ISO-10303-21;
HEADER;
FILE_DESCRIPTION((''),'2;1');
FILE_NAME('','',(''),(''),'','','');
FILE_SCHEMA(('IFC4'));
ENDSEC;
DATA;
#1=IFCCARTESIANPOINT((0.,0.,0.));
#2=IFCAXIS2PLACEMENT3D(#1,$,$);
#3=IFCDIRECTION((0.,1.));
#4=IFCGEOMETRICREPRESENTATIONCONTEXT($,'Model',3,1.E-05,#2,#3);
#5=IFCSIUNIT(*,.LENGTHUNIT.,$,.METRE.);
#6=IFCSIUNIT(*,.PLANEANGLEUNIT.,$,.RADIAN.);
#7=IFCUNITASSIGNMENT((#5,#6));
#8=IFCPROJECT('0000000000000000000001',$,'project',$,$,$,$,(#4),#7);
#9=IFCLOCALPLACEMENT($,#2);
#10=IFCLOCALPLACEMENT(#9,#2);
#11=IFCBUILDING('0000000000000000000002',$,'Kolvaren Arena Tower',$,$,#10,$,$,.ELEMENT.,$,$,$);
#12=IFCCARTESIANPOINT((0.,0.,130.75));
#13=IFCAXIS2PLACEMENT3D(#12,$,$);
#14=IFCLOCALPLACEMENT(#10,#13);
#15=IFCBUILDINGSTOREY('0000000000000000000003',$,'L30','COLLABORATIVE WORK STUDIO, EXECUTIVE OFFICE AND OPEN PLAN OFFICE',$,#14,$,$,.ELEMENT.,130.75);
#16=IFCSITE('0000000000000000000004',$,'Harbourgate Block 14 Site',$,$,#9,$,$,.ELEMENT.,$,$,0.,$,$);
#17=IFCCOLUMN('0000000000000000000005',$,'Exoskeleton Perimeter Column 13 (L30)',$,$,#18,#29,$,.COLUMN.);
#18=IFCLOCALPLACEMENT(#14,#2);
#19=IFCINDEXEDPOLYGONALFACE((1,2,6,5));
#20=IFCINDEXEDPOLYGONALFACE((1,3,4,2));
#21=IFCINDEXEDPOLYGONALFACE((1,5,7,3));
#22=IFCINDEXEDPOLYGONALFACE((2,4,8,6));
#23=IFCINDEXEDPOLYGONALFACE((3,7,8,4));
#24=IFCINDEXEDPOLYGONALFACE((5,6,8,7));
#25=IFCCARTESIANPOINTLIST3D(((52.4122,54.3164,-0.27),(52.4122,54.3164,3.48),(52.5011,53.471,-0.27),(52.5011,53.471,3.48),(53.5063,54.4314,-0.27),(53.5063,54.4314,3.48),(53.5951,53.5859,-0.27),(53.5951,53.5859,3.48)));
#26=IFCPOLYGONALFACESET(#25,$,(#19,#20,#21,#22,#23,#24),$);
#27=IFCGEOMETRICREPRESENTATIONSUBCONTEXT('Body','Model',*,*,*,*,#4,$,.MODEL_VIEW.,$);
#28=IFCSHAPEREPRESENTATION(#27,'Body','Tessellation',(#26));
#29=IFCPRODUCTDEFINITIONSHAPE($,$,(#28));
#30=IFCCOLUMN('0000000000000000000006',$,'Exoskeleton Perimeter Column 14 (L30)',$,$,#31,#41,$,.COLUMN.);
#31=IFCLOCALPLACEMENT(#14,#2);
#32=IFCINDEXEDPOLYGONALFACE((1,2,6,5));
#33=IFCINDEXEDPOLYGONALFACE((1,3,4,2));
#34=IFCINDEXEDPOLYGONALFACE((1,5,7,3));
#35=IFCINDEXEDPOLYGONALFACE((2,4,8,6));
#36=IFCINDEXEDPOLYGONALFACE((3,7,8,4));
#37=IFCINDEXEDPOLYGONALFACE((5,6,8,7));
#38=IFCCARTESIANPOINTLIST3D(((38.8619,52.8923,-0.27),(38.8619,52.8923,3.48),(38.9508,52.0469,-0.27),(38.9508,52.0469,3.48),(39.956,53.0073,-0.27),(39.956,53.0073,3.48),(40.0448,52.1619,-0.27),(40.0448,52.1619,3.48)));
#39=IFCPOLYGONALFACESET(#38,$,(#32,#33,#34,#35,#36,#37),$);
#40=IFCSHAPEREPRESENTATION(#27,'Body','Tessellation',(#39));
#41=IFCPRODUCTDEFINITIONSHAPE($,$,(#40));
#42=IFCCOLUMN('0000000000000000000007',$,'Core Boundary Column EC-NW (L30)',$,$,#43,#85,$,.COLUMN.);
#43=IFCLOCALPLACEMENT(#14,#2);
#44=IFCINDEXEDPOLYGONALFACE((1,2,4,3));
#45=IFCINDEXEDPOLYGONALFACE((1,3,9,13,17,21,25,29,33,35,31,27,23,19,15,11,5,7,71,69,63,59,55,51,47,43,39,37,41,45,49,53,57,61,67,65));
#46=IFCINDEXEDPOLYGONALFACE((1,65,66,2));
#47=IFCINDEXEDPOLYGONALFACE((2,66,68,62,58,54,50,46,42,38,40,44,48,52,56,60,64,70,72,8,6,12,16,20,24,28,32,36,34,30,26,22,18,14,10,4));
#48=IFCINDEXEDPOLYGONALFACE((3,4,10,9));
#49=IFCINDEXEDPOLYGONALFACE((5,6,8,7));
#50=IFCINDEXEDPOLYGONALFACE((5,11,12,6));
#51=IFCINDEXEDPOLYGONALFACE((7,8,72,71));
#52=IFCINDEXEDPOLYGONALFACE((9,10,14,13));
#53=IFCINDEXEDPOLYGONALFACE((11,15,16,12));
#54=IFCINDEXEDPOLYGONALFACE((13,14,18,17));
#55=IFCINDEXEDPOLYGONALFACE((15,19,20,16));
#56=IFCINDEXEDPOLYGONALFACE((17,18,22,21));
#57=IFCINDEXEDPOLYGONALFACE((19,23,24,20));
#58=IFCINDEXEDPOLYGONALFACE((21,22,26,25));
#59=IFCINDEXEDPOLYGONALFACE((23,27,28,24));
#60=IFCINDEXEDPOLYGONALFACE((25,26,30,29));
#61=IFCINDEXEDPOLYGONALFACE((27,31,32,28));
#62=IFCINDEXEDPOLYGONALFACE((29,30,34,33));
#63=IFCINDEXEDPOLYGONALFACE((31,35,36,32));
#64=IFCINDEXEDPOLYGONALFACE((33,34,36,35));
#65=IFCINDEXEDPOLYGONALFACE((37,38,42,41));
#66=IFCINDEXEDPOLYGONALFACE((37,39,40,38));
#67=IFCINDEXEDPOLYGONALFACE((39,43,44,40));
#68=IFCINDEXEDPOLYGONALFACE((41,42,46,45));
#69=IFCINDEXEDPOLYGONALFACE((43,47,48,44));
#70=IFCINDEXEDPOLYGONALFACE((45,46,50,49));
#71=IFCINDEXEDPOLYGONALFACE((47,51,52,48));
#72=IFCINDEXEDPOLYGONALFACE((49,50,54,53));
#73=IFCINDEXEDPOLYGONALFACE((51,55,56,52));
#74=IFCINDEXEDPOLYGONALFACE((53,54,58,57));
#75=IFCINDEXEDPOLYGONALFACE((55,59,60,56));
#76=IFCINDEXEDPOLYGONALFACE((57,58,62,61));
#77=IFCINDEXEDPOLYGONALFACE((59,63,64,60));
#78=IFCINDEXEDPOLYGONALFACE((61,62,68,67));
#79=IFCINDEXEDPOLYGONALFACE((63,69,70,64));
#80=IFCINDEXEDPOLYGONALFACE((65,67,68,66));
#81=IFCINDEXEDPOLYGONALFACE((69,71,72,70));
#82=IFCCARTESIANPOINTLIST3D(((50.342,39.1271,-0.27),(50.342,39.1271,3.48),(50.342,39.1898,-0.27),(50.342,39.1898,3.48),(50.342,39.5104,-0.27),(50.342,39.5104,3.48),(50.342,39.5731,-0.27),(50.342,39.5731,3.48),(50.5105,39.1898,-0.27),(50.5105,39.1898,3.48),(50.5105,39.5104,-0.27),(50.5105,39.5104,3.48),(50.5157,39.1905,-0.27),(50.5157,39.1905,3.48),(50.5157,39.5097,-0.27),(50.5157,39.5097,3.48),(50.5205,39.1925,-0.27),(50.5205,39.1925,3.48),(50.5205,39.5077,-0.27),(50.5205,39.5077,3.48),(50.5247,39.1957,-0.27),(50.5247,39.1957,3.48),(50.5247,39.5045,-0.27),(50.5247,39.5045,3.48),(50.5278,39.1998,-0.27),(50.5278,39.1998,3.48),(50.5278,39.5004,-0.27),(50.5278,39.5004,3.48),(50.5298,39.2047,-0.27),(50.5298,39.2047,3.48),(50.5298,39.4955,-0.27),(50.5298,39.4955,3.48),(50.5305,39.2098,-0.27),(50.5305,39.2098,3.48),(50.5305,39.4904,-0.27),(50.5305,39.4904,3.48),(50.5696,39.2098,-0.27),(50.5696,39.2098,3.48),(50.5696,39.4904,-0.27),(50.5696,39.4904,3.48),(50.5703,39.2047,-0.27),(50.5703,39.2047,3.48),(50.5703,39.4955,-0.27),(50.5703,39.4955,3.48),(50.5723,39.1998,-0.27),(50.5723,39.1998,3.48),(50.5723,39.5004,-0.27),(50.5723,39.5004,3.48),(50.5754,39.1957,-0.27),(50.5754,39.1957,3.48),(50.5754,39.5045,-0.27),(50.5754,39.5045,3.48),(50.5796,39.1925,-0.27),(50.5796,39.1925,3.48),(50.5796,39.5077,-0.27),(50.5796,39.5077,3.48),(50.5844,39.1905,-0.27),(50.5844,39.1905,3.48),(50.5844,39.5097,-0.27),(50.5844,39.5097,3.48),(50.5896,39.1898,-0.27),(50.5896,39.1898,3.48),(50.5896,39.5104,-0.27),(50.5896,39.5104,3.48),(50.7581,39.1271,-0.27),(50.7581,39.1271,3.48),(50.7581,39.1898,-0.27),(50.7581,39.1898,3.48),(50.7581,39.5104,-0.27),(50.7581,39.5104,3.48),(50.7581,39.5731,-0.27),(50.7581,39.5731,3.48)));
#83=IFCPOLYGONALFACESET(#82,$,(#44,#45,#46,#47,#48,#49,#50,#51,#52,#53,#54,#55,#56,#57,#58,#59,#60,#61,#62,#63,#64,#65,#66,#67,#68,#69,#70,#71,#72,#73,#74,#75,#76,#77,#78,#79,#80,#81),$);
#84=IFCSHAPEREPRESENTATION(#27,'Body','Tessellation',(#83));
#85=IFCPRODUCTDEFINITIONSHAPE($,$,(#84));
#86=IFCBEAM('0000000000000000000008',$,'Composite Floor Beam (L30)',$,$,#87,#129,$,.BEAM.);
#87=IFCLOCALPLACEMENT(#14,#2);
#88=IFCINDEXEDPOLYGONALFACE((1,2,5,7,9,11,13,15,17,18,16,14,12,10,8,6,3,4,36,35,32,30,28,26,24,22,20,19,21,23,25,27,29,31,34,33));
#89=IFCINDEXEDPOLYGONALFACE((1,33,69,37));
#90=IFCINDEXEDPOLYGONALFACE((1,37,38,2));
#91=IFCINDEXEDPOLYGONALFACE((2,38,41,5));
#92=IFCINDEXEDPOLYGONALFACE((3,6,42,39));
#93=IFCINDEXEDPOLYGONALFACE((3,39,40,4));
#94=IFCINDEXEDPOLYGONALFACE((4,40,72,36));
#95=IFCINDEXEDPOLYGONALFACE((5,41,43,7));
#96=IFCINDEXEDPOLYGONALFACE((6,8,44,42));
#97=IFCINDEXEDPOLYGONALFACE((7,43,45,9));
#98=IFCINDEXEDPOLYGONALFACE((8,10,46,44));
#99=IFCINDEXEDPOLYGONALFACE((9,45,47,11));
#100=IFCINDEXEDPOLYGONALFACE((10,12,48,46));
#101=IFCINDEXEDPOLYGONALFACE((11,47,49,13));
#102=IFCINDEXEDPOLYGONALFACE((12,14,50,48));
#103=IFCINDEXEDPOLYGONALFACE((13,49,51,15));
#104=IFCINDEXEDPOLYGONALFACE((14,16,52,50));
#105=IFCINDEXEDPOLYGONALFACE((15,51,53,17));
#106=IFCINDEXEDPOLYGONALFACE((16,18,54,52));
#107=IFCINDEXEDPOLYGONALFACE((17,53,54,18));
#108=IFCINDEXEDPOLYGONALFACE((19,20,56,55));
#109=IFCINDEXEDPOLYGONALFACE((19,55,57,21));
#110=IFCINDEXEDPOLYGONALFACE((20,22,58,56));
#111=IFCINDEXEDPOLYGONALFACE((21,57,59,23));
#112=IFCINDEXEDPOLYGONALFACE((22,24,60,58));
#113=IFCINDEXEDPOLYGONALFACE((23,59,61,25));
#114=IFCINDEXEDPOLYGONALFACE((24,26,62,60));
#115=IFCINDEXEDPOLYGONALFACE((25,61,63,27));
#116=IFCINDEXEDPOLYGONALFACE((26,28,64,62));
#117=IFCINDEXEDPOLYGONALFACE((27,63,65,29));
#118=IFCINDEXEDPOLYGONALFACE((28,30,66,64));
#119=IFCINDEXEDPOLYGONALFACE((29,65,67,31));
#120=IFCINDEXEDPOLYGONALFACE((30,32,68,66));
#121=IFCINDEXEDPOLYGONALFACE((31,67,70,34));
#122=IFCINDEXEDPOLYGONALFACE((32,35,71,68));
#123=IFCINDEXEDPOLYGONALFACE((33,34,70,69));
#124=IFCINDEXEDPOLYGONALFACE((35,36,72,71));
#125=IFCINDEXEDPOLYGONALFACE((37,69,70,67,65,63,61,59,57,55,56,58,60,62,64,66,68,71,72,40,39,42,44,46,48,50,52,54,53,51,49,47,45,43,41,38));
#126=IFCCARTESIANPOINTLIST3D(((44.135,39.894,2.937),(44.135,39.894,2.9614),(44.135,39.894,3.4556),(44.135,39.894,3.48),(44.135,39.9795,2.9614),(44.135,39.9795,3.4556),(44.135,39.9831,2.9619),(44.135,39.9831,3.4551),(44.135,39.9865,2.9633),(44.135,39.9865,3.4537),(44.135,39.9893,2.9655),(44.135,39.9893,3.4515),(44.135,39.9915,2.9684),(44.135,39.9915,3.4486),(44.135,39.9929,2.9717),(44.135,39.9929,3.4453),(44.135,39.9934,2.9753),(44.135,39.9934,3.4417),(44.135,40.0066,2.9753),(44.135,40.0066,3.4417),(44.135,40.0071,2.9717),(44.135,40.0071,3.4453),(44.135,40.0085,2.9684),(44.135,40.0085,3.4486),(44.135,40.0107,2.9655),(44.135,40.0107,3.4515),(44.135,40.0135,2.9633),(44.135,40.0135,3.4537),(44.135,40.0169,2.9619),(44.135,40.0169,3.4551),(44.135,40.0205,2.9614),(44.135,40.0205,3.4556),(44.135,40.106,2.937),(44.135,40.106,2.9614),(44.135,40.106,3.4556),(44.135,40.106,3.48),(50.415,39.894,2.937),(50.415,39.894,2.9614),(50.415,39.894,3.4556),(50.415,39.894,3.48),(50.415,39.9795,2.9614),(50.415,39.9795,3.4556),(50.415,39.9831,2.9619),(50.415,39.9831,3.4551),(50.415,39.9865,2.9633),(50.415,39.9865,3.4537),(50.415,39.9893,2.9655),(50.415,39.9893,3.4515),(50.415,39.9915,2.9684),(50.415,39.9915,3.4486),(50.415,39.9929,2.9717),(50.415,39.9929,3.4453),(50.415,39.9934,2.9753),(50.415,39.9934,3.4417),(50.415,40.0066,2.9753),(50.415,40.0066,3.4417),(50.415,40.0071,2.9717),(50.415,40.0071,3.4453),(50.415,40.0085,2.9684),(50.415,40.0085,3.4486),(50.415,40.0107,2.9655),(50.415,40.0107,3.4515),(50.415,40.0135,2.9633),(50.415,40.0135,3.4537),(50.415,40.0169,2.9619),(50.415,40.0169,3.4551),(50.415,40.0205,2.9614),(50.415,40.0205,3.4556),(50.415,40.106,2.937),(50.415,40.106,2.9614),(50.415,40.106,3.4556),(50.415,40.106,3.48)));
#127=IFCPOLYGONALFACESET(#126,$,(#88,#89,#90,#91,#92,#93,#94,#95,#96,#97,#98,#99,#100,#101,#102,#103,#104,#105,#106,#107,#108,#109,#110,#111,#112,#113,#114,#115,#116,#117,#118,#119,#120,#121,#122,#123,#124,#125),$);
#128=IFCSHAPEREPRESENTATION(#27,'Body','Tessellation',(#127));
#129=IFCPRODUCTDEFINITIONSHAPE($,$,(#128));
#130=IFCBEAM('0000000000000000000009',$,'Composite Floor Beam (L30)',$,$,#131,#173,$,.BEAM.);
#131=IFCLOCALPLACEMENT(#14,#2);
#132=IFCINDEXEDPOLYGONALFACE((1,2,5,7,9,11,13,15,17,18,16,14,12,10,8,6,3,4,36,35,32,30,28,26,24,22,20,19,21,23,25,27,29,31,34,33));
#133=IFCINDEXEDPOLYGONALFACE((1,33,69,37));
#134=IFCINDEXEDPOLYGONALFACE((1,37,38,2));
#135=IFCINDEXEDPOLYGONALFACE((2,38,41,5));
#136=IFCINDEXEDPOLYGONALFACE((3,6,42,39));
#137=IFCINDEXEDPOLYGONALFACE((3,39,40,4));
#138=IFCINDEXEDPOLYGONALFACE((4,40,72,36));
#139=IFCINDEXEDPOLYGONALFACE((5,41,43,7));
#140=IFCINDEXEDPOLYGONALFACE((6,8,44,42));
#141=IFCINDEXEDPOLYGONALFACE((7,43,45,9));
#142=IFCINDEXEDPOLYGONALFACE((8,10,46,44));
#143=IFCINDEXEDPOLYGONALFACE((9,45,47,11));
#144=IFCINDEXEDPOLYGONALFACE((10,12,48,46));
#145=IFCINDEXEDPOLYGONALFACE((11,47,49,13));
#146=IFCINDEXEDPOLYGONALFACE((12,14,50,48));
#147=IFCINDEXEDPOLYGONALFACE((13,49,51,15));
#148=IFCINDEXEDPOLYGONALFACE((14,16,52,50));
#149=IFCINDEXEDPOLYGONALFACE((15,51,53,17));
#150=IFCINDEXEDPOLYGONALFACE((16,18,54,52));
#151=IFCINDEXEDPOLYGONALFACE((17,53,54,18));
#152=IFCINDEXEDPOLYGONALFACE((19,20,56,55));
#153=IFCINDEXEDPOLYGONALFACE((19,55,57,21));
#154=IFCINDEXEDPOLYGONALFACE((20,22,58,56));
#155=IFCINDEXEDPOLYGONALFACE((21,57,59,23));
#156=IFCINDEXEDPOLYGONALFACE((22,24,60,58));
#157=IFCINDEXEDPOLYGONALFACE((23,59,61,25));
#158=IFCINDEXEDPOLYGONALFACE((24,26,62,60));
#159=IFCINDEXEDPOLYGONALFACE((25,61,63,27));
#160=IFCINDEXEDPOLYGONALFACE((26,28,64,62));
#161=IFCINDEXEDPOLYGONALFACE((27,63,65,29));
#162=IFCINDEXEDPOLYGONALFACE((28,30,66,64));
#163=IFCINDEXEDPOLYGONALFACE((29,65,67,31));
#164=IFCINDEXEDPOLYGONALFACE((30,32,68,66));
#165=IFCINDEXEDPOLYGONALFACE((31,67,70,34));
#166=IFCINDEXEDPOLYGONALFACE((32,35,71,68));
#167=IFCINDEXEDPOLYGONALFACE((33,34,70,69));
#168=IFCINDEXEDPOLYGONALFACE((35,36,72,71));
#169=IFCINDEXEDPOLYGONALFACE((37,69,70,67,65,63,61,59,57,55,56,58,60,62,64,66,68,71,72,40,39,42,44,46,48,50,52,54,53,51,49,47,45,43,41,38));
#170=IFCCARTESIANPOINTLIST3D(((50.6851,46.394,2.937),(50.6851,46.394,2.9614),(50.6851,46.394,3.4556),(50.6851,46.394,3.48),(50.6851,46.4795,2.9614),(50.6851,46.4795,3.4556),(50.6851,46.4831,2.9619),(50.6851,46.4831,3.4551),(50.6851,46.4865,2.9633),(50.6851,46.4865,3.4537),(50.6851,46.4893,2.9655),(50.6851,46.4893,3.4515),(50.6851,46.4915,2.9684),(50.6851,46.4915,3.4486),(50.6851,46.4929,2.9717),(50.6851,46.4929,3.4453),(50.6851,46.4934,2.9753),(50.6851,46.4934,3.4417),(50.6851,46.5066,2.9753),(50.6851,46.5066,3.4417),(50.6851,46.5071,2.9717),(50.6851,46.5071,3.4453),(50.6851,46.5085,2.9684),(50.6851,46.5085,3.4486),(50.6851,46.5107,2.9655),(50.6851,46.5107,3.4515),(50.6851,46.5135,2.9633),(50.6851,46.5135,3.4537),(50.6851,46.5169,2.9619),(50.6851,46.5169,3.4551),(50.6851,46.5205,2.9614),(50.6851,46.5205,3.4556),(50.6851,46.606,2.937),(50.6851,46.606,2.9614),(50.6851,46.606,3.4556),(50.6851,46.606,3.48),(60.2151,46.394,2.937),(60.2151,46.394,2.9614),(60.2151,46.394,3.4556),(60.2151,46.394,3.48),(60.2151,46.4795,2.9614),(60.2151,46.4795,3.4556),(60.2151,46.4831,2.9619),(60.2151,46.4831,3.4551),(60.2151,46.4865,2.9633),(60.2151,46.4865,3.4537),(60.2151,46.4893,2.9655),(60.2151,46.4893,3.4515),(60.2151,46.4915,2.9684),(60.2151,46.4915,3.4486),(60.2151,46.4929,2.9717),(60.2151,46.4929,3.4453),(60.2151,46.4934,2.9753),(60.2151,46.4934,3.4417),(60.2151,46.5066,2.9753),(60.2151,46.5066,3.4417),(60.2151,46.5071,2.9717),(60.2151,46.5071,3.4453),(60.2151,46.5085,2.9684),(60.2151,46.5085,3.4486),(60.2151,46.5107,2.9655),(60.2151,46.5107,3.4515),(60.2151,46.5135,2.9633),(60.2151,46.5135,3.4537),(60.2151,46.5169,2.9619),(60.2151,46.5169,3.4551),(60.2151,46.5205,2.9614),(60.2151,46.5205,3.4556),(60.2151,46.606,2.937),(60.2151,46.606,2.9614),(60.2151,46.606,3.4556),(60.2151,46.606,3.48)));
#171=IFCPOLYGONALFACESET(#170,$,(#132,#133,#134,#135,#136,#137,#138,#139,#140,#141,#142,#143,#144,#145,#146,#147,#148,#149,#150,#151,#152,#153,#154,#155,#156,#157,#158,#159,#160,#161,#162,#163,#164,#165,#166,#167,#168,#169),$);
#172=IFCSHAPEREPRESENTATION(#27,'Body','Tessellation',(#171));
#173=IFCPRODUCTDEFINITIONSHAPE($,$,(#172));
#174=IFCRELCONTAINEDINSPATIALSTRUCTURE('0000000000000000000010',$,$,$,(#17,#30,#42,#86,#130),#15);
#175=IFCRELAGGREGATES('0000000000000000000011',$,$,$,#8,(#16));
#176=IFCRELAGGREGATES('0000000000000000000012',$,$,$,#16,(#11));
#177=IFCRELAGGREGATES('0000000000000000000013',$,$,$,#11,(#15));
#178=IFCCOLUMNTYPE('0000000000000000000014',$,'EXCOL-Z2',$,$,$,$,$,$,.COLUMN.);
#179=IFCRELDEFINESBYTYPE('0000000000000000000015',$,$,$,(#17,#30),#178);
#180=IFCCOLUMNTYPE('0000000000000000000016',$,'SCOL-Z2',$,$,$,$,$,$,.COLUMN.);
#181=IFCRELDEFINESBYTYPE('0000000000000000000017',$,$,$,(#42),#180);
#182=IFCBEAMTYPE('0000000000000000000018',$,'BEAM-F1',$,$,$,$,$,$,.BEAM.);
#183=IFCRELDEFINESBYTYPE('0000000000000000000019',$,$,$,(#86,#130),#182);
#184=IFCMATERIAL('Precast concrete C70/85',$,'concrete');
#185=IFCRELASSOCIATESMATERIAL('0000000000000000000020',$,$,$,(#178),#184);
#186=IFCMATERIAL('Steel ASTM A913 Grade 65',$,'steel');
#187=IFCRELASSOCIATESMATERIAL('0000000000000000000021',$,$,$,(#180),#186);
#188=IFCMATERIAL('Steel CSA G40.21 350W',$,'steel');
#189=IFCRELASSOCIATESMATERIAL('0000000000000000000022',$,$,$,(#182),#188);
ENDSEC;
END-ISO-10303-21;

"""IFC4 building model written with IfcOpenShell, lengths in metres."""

from ifc_helpers import new_model, si_unit, direction, frame, origin, origin_2d, place, context, subcontext, project, spatial, rectangle, i_section, extrude, material, material_profile, profile_set, type_object, element, save


model = new_model("IFC4")

# Units and contexts
model_context = context("Model", 3, precision=1e-05, world=origin(), true_north=direction((0.0, 1.0)))
body_context = subcontext(model_context, "Body", "Model", "MODEL_VIEW")
ifc_project = project(units=[si_unit("LENGTHUNIT", "METRE"), si_unit("PLANEANGLEUNIT", "RADIAN")], contexts=[model_context])

# Site, building, storey
site_placement = place(None, origin())
site = spatial("IfcSite", under=ifc_project, at=site_placement, Name="Harbourgate Block 14 Site", CompositionType="ELEMENT", RefElevation=0.0)
building_placement = place(site_placement, origin())
building = spatial("IfcBuilding", under=site, at=building_placement, Name="Kolvaren Arena Tower", CompositionType="ELEMENT")
storey_placement = place(building_placement, frame((0.0, 0.0, 130.75)))
storey = spatial("IfcBuildingStorey", under=building, at=storey_placement, Name="L30", Description="COLLABORATIVE WORK STUDIO, EXECUTIVE OFFICE AND OPEN PLAN OFFICE", CompositionType="ELEMENT", Elevation=130.75)

# Columns
ifc_material_1 = material(Name="Precast concrete C70/85", Category="concrete")
ifc_material_profile_1 = material_profile(ifc_material_1, rectangle(XDim=1.1001, YDim=0.8501, at=origin_2d()), Name="RC-1100x850")
ifc_profile_set_1 = profile_set([ifc_material_profile_1], Name="Precast concrete C70/85")
column_type_1 = type_object("IfcColumnType", Name="EXCOL-Z2", PredefinedType="COLUMN", material=ifc_profile_set_1)
for number, where, z_axis, x_axis, name in (
    (1, (53.0037, 53.9512, -0.27), (0.0, 0.0, 1.0), (0.994522, 0.104528, 0.0), "Exoskeleton Perimeter Column 13 (L30)"),
    (2, (39.4534, 52.5271, -0.27), (0.0, 0.0, 1.0), (0.994522, 0.104528, 0.0), "Exoskeleton Perimeter Column 14 (L30)"),
):
    element("IfcColumn", number, at=place(storey_placement, frame(where, z_axis=z_axis, x_axis=x_axis)), inside=storey, type_object=column_type_1, Name=name, PredefinedType="COLUMN", context=body_context, shape_type="SweptSolid", body=[
        extrude(rectangle(XDim=1.1001, YDim=0.8501, at=origin_2d()), origin(), (0.0, 0.0, 1.0), 3.75),
    ])
ifc_material_2 = material(Name="Steel ASTM A913 Grade 65", Category="steel")
ifc_material_profile_2 = material_profile(ifc_material_2, i_section(OverallWidth=0.416, OverallDepth=0.446, WebThickness=0.0391, FlangeThickness=0.0627, FilletRadius=0.02, at=origin_2d()), Name="W360x509")
ifc_profile_set_2 = profile_set([ifc_material_profile_2], Name="Steel ASTM A913 Grade 65")
column_type_2 = type_object("IfcColumnType", Name="SCOL-Z2", PredefinedType="COLUMN", material=ifc_profile_set_2)
column_placement = place(storey_placement, frame((50.55, 39.3501, -0.27), z_axis=(0.0, 0.0, 1.0), x_axis=(1.0, 0.0, 0.0)))
element("IfcColumn", 3, at=column_placement, inside=storey, type_object=column_type_2, Name="Core Boundary Column EC-NW (L30)", PredefinedType="COLUMN", context=body_context, shape_type="SweptSolid", body=[
    extrude(i_section(OverallWidth=0.416, OverallDepth=0.446, WebThickness=0.0391, FlangeThickness=0.0627, FilletRadius=0.02, at=origin_2d()), origin(), (0.0, 0.0, 1.0), 3.75),
])

# Beams
ifc_material_3 = material(Name="Steel CSA G40.21 350W", Category="steel")
ifc_material_profile_3 = material_profile(ifc_material_3, i_section(OverallWidth=0.2119, OverallDepth=0.543, WebThickness=0.0132, FlangeThickness=0.0244, FilletRadius=0.0139, at=origin_2d()), Name="W530x150")
ifc_profile_set_3 = profile_set([ifc_material_profile_3], Name="Steel CSA G40.21 350W")
beam_type_1 = type_object("IfcBeamType", Name="BEAM-F1", PredefinedType="BEAM", material=ifc_profile_set_3)
beam_1_placement = place(storey_placement, frame((44.135, 40.0, 3.2085), z_axis=(1.0, 0.0, 0.0), x_axis=(0.0, 1.0, 0.0)))
element("IfcBeam", 4, at=beam_1_placement, inside=storey, type_object=beam_type_1, Name="Composite Floor Beam (L30)", PredefinedType="BEAM", context=body_context, shape_type="SweptSolid", body=[
    extrude(i_section(OverallWidth=0.2119, OverallDepth=0.543, WebThickness=0.0132, FlangeThickness=0.0244, FilletRadius=0.0139, at=origin_2d()), origin(), (0.0, 0.0, 1.0), 6.28),
])
for number, where, z_axis, x_axis, name in (
    (5, (50.6851, 46.5, 3.2085), (1.0, 0.0, 0.0), (0.0, 1.0, 0.0), "Composite Floor Beam (L30)"),
):
    element("IfcBeam", number, at=place(storey_placement, frame(where, z_axis=z_axis, x_axis=x_axis)), inside=storey, type_object=beam_type_1, Name=name, PredefinedType="BEAM", context=body_context, shape_type="SweptSolid", body=[
        extrude(i_section(OverallWidth=0.2119, OverallDepth=0.543, WebThickness=0.0132, FlangeThickness=0.0244, FilletRadius=0.0139, at=origin_2d()), origin(), (0.0, 0.0, 1.0), 9.53),
    ])

save(model, "model.ifc")
